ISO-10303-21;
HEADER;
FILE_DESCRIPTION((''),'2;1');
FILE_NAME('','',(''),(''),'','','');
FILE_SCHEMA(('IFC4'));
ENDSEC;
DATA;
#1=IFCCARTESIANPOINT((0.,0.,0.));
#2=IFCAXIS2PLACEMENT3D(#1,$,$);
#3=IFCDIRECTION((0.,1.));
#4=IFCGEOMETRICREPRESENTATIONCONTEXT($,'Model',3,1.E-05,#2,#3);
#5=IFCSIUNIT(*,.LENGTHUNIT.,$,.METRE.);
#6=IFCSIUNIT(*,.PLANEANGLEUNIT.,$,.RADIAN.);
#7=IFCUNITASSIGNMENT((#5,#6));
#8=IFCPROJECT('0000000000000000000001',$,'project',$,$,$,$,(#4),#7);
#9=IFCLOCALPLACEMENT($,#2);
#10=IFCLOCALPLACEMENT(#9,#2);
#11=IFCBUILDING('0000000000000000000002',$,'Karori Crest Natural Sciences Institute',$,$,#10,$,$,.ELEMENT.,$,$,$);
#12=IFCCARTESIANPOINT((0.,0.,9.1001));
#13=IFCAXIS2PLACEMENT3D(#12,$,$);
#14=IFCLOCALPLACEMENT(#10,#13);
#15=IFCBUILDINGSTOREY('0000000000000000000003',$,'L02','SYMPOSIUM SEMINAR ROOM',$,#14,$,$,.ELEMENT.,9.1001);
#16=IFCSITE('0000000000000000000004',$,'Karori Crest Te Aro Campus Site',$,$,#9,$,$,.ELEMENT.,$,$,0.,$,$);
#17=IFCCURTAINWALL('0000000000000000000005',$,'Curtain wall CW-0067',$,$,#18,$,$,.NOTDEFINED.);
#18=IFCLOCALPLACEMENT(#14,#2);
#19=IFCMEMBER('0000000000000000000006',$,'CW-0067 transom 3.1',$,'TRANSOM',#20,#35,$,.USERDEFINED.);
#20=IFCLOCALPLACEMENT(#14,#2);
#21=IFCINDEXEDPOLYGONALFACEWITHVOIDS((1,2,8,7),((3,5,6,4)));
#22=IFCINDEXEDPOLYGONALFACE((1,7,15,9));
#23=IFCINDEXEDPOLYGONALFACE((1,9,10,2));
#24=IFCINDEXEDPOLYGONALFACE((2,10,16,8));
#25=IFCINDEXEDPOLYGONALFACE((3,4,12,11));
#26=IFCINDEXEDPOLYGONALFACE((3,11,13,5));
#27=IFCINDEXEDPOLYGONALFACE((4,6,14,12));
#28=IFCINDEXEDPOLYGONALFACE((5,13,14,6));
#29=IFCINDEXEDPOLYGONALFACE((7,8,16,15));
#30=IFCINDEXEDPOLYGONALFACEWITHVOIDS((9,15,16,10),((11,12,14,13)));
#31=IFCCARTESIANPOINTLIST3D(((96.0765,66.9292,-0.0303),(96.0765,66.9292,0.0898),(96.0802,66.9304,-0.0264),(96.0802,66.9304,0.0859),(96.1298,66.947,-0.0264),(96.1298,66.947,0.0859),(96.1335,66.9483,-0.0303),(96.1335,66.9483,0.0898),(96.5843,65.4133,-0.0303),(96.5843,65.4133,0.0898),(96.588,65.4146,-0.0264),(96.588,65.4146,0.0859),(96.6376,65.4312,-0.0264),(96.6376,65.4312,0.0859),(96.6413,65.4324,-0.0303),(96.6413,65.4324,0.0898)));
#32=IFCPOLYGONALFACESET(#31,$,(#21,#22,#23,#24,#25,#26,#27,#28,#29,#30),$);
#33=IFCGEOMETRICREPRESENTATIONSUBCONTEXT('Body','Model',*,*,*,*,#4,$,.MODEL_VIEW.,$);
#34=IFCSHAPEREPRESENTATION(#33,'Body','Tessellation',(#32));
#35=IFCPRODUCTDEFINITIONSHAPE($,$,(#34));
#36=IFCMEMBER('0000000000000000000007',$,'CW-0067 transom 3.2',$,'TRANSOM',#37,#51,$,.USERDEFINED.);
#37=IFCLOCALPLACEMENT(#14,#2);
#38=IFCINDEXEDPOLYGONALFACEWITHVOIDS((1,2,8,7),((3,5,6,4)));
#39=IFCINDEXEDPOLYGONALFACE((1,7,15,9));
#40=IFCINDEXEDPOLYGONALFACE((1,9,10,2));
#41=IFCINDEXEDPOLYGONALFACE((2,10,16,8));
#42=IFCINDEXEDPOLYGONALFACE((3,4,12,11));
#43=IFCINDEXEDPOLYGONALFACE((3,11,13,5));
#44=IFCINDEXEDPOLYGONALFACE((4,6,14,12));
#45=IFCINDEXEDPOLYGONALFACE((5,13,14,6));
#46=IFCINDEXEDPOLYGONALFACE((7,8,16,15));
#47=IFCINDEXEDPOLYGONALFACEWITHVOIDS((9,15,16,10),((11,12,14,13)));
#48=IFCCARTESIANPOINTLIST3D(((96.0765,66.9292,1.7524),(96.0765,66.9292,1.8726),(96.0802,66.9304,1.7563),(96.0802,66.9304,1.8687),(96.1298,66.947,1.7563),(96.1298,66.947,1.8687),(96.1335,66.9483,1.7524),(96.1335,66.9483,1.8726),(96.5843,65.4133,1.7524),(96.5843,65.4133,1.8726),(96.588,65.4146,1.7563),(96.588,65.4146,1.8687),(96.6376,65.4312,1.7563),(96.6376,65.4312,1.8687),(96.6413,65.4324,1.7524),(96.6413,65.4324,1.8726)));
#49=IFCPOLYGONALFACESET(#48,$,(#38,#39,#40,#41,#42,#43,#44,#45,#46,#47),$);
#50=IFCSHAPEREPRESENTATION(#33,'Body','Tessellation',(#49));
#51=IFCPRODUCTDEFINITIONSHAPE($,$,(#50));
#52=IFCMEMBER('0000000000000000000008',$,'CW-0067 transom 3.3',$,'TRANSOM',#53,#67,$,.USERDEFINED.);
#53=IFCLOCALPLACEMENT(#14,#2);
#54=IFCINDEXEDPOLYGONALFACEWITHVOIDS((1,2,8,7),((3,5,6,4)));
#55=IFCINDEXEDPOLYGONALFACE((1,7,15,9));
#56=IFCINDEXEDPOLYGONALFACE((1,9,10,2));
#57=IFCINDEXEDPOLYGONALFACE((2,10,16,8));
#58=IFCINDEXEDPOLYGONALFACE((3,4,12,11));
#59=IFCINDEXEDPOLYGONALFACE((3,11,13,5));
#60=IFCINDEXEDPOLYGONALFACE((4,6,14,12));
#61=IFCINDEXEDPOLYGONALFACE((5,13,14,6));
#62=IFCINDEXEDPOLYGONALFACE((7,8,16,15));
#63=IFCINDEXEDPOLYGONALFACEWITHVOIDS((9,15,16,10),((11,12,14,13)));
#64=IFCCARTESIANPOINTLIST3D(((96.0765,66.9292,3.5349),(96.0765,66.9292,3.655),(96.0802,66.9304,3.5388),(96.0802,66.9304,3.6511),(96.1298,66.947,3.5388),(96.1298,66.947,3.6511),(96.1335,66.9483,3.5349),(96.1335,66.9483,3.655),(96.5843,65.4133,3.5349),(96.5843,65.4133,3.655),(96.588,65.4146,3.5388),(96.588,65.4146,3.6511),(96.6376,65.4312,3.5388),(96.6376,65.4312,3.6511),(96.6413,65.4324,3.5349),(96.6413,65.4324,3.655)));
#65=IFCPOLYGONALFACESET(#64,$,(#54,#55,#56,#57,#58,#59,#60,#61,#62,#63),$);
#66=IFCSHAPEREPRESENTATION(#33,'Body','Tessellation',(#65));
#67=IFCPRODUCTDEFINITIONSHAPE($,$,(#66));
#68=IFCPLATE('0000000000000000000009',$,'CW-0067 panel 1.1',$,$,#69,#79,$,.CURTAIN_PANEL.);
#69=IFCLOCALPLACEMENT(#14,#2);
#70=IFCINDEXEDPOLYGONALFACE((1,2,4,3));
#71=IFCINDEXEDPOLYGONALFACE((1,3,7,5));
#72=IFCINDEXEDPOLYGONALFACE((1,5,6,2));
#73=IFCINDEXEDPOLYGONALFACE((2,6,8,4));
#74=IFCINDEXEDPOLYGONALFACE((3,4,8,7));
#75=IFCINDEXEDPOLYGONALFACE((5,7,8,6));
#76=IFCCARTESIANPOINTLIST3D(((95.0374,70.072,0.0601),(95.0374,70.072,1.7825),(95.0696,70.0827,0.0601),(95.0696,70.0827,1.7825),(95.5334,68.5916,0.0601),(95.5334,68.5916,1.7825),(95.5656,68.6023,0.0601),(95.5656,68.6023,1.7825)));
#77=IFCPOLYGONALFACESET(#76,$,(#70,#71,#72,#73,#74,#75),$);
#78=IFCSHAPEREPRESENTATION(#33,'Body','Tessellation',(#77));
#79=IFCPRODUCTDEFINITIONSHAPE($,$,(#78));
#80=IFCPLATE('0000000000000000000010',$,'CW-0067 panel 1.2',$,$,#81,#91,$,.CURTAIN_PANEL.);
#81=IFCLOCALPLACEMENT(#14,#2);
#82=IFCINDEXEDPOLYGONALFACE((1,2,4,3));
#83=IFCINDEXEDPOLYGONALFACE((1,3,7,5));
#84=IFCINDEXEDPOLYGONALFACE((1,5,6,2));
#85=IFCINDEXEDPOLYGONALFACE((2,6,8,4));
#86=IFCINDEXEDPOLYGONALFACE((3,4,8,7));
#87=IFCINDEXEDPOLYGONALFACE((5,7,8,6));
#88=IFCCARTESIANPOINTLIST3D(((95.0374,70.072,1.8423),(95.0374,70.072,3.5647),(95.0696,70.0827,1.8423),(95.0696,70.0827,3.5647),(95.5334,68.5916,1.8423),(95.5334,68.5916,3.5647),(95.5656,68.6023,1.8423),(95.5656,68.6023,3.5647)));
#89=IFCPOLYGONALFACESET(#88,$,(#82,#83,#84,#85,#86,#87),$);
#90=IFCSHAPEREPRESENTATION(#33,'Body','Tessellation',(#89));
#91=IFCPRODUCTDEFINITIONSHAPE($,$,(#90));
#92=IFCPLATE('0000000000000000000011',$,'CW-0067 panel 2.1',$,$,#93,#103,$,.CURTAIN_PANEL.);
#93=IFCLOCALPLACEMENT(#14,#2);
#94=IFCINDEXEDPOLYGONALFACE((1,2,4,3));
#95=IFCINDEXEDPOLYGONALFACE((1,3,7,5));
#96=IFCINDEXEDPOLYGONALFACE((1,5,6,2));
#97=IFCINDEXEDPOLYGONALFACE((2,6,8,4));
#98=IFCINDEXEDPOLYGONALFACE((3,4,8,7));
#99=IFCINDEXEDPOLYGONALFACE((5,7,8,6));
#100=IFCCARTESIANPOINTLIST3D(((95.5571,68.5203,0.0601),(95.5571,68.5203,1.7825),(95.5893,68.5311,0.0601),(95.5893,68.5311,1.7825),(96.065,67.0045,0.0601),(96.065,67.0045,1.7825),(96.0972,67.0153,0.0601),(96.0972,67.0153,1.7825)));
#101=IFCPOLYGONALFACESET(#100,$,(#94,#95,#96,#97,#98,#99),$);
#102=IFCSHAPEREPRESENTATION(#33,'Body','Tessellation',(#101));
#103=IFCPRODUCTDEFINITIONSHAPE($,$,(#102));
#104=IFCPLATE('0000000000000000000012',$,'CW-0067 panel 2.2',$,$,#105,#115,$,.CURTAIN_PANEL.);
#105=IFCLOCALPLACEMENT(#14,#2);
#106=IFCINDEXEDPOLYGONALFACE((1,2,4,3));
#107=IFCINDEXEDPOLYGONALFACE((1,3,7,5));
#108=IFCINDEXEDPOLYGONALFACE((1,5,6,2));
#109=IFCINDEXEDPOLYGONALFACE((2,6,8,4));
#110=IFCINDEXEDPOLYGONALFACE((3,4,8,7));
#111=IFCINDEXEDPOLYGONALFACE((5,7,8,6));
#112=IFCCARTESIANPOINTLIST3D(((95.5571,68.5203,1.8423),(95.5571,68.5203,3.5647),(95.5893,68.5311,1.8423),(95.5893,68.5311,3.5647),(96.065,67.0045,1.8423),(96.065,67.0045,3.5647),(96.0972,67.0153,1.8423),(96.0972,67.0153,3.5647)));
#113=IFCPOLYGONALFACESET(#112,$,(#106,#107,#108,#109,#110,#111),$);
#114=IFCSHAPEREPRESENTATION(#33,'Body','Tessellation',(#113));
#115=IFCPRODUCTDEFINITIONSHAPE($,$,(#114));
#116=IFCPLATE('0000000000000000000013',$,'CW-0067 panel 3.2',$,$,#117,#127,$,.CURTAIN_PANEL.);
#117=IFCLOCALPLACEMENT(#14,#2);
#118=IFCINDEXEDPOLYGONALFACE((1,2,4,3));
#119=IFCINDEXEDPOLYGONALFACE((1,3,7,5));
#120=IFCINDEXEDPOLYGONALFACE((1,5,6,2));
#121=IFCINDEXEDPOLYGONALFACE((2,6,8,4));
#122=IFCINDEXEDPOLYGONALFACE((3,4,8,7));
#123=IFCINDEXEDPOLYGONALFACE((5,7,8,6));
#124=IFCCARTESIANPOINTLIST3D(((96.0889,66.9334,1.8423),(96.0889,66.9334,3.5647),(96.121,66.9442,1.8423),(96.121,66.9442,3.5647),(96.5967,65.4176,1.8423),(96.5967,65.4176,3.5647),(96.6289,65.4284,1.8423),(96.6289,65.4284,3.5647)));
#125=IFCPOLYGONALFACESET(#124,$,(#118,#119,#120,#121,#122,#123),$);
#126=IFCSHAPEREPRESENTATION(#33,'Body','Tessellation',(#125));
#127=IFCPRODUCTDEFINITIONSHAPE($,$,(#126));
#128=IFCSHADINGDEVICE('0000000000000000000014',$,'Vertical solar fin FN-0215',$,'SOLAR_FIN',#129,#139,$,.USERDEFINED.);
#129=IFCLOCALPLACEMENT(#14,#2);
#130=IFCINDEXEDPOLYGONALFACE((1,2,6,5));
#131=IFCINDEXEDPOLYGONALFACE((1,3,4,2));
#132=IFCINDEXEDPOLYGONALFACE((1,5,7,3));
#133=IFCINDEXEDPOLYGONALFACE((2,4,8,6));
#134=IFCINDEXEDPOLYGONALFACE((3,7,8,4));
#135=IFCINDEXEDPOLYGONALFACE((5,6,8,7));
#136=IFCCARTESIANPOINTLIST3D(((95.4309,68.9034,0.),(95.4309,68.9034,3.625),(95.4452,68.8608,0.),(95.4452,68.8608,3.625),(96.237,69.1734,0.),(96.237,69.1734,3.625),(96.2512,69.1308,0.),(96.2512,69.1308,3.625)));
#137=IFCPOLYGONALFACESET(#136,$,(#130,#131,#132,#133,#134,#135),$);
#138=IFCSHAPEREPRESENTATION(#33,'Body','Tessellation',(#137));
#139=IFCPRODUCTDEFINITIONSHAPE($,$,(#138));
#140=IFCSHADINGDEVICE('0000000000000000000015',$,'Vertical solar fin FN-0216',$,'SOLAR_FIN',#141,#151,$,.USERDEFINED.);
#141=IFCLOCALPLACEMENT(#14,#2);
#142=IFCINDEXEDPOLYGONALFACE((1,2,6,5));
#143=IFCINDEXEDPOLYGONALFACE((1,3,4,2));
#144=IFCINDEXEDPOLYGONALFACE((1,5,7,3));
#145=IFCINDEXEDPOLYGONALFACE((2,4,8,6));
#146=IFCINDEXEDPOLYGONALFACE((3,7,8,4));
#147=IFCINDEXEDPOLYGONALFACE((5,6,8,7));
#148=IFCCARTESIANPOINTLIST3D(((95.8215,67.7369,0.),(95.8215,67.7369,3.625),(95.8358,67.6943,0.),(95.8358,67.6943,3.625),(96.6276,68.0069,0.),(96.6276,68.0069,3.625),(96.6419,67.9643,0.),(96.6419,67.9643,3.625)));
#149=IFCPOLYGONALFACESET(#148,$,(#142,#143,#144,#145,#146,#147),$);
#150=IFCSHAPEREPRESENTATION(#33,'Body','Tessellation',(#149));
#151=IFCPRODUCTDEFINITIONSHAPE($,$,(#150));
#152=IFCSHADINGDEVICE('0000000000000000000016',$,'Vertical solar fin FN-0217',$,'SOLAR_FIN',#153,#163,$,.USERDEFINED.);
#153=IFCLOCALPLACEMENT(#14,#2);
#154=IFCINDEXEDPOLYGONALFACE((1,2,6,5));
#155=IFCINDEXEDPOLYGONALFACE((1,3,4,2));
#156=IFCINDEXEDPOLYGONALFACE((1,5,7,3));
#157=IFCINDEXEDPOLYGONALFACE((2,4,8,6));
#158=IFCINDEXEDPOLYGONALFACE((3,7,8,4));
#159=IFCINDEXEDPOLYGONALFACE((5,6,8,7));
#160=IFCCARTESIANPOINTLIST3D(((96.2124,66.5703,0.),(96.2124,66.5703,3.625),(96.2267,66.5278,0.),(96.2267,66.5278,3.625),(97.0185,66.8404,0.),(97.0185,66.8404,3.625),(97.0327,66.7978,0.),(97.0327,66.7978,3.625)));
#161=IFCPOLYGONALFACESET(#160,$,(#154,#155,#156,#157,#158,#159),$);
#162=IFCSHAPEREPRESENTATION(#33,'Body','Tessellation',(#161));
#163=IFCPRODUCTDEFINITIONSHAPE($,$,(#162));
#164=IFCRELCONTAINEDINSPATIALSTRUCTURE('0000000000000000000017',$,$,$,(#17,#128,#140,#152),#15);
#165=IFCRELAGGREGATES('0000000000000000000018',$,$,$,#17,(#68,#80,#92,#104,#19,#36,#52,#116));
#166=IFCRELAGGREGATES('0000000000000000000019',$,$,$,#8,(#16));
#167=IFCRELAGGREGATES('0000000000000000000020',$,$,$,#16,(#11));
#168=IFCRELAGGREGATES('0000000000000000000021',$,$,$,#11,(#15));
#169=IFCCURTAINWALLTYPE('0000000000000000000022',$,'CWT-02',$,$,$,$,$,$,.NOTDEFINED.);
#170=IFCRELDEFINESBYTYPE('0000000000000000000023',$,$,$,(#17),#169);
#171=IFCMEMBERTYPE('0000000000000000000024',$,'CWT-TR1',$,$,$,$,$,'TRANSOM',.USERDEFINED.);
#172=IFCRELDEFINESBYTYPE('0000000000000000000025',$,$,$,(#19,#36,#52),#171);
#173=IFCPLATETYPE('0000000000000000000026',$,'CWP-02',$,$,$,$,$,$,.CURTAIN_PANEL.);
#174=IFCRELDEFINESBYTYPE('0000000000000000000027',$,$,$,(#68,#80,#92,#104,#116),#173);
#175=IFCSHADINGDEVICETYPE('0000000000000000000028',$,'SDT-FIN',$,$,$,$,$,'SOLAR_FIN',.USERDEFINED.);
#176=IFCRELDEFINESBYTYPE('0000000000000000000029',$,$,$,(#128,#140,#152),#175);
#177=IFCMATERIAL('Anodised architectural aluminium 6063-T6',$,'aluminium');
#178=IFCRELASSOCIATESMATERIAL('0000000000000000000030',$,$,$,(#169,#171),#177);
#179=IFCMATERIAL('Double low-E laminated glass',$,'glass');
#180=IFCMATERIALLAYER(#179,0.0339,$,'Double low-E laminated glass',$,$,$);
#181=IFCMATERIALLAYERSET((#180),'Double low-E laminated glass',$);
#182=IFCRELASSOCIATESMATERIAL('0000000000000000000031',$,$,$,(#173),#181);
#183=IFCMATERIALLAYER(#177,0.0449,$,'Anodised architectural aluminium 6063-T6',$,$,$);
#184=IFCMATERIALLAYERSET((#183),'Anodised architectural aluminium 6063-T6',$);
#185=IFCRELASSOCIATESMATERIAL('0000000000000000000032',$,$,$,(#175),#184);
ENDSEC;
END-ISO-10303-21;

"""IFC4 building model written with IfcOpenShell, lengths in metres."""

from ifc_helpers import new_model, si_unit, direction, frame, origin, origin_2d, place, context, subcontext, project, spatial, rectangle, hollow_rectangle, extrude, material, layer, layer_set, material_profile, profile_set, type_object, element, aggregate, save


model = new_model("IFC4")

# Units and contexts
model_context = context("Model", 3, precision=1e-05, world=origin(), true_north=direction((0.0, 1.0)))
body_context = subcontext(model_context, "Body", "Model", "MODEL_VIEW")
ifc_project = project(units=[si_unit("LENGTHUNIT", "METRE"), si_unit("PLANEANGLEUNIT", "RADIAN")], contexts=[model_context])

# Site, building, storey
site_placement = place(None, origin())
site = spatial("IfcSite", under=ifc_project, at=site_placement, Name="Karori Crest Te Aro Campus Site", CompositionType="ELEMENT", RefElevation=0.0)
building_placement = place(site_placement, origin())
building = spatial("IfcBuilding", under=site, at=building_placement, Name="Karori Crest Natural Sciences Institute", CompositionType="ELEMENT")
storey_placement = place(building_placement, frame((0.0, 0.0, 9.1001)))
storey = spatial("IfcBuildingStorey", under=building, at=storey_placement, Name="L02", Description="SYMPOSIUM SEMINAR ROOM", CompositionType="ELEMENT", Elevation=9.1001)

# Curtain wall, members, plates
ifc_material_1 = material(Name="Anodised architectural aluminium 6063-T6", Category="aluminium")
curtain_wall_type = type_object("IfcCurtainWallType", Name="CWT-02", PredefinedType="NOTDEFINED", material=ifc_material_1)
curtain_wall_placement = place(storey_placement, origin())
curtain_wall = element("IfcCurtainWall", 1, at=curtain_wall_placement, inside=storey, type_object=curtain_wall_type, Name="Curtain wall CW-0067", PredefinedType="NOTDEFINED")
ifc_material_profile_1 = material_profile(ifc_material_1, hollow_rectangle(XDim=0.0601, YDim=0.1201, WallThickness=0.0039, at=origin_2d()), Name="CWT120x60x4")
ifc_profile_set_1 = profile_set([ifc_material_profile_1], Name="Anodised architectural aluminium 6063-T6")
member_type_1 = type_object("IfcMemberType", Name="CWT-TR1", ElementType="TRANSOM", PredefinedType="USERDEFINED", material=ifc_profile_set_1)
member_1_placement = place(storey_placement, frame((96.105, 66.9387, 0.0298), z_axis=(0.317648, -0.948209, 0.0), x_axis=(0.948209, 0.317648, 0.0)))
member_1 = element("IfcMember", 2, at=member_1_placement, type_object=member_type_1, Name="CW-0067 transom 3.1", ObjectType="TRANSOM", PredefinedType="USERDEFINED", context=body_context, shape_type="SweptSolid", body=[
    extrude(hollow_rectangle(XDim=0.0601, YDim=0.1201, WallThickness=0.0039, at=origin_2d()), origin(), (0.0, 0.0, 1.0), 1.5986),
])
member_2_placement = place(storey_placement, frame((96.105, 66.9387, 1.8125), z_axis=(0.317648, -0.948209, 0.0), x_axis=(0.948209, 0.317648, 0.0)))
member_2 = element("IfcMember", 3, at=member_2_placement, type_object=member_type_1, Name="CW-0067 transom 3.2", ObjectType="TRANSOM", PredefinedType="USERDEFINED", context=body_context, shape_type="SweptSolid", body=[
    extrude(hollow_rectangle(XDim=0.0601, YDim=0.1201, WallThickness=0.0039, at=origin_2d()), origin(), (0.0, 0.0, 1.0), 1.5986),
])
member_3_placement = place(storey_placement, frame((96.105, 66.9387, 3.595), z_axis=(0.317648, -0.948209, 0.0), x_axis=(0.948209, 0.317648, 0.0)))
member_3 = element("IfcMember", 4, at=member_3_placement, type_object=member_type_1, Name="CW-0067 transom 3.3", ObjectType="TRANSOM", PredefinedType="USERDEFINED", context=body_context, shape_type="SweptSolid", body=[
    extrude(hollow_rectangle(XDim=0.0601, YDim=0.1201, WallThickness=0.0039, at=origin_2d()), origin(), (0.0, 0.0, 1.0), 1.5986),
])
ifc_material_2 = material(Name="Double low-E laminated glass", Category="glass")
ifc_layer_1 = layer(ifc_material_2, 0.0339, Name="Double low-E laminated glass")
ifc_layer_set_1 = layer_set([ifc_layer_1], Name="Double low-E laminated glass")
plate_type = type_object("IfcPlateType", Name="CWP-02", PredefinedType="CURTAIN_PANEL", material=ifc_layer_set_1)
plate_1_placement = place(storey_placement, frame((95.3015, 69.3372, 0.0601), z_axis=(0.0, 0.0, 1.0), x_axis=(0.317685, -0.948196, 0.0)))
plate_1 = element("IfcPlate", 5, at=plate_1_placement, type_object=plate_type, Name="CW-0067 panel 1.1", PredefinedType="CURTAIN_PANEL", context=body_context, shape_type="SweptSolid", body=[
    extrude(rectangle(XDim=1.5613, YDim=0.0339, at=origin_2d()), origin(), (0.0, 0.0, 1.0), 1.7224),
])
plate_2_placement = place(storey_placement, frame((95.3015, 69.3372, 1.8423), z_axis=(0.0, 0.0, 1.0), x_axis=(0.317685, -0.948196, 0.0)))
plate_2 = element("IfcPlate", 6, at=plate_2_placement, type_object=plate_type, Name="CW-0067 panel 1.2", PredefinedType="CURTAIN_PANEL", context=body_context, shape_type="SweptSolid", body=[
    extrude(rectangle(XDim=1.5613, YDim=0.0339, at=origin_2d()), origin(), (0.0, 0.0, 1.0), 1.7224),
])
plate_3_placement = place(storey_placement, frame((95.8271, 67.7678, 0.0601), z_axis=(0.0, 0.0, 1.0), x_axis=(0.317685, -0.948196, 0.0)))
plate_3 = element("IfcPlate", 7, at=plate_3_placement, type_object=plate_type, Name="CW-0067 panel 2.1", PredefinedType="CURTAIN_PANEL", context=body_context, shape_type="SweptSolid", body=[
    extrude(rectangle(XDim=1.5986, YDim=0.0339, at=origin_2d()), origin(), (0.0, 0.0, 1.0), 1.7224),
])
plate_4_placement = place(storey_placement, frame((95.8271, 67.7678, 1.8423), z_axis=(0.0, 0.0, 1.0), x_axis=(0.317685, -0.948196, 0.0)))
plate_4 = element("IfcPlate", 8, at=plate_4_placement, type_object=plate_type, Name="CW-0067 panel 2.2", PredefinedType="CURTAIN_PANEL", context=body_context, shape_type="SweptSolid", body=[
    extrude(rectangle(XDim=1.5986, YDim=0.0339, at=origin_2d()), origin(), (0.0, 0.0, 1.0), 1.7224),
])
plate_5_placement = place(storey_placement, frame((96.3589, 66.1809, 1.8423), z_axis=(0.0, 0.0, 1.0), x_axis=(0.317685, -0.948196, 0.0)))
plate_5 = element("IfcPlate", 9, at=plate_5_placement, type_object=plate_type, Name="CW-0067 panel 3.2", PredefinedType="CURTAIN_PANEL", context=body_context, shape_type="SweptSolid", body=[
    extrude(rectangle(XDim=1.5986, YDim=0.0339, at=origin_2d()), origin(), (0.0, 0.0, 1.0), 1.7224),
])
aggregate(curtain_wall, [plate_1, plate_2, plate_3, plate_4, member_1, member_2, member_3, plate_5])

# Shading devices
ifc_layer_2 = layer(ifc_material_1, 0.0449, Name="Anodised architectural aluminium 6063-T6")
ifc_layer_set_2 = layer_set([ifc_layer_2], Name="Anodised architectural aluminium 6063-T6")
shading_device_type = type_object("IfcShadingDeviceType", Name="SDT-FIN", ElementType="SOLAR_FIN", PredefinedType="USERDEFINED", material=ifc_layer_set_2)
for number, where, z_axis, x_axis, name in (
    (10, (95.8411, 69.0171, 0.0), (0.0, 0.0, 1.0), (0.948196, 0.317685, 0.0), "Vertical solar fin FN-0215"),
    (11, (96.2317, 67.8506, 0.0), (0.0, 0.0, 1.0), (0.948196, 0.317685, 0.0), "Vertical solar fin FN-0216"),
    (12, (96.6226, 66.6841, 0.0), (0.0, 0.0, 1.0), (0.948196, 0.317685, 0.0), "Vertical solar fin FN-0217"),
):
    element("IfcShadingDevice", number, at=place(storey_placement, frame(where, z_axis=z_axis, x_axis=x_axis)), inside=storey, type_object=shading_device_type, Name=name, ObjectType="SOLAR_FIN", PredefinedType="USERDEFINED", context=body_context, shape_type="SweptSolid", body=[
        extrude(rectangle(XDim=0.8501, YDim=0.0449, at=origin_2d()), origin(), (0.0, 0.0, 1.0), 3.625),
    ])

save(model, "model.ifc")
